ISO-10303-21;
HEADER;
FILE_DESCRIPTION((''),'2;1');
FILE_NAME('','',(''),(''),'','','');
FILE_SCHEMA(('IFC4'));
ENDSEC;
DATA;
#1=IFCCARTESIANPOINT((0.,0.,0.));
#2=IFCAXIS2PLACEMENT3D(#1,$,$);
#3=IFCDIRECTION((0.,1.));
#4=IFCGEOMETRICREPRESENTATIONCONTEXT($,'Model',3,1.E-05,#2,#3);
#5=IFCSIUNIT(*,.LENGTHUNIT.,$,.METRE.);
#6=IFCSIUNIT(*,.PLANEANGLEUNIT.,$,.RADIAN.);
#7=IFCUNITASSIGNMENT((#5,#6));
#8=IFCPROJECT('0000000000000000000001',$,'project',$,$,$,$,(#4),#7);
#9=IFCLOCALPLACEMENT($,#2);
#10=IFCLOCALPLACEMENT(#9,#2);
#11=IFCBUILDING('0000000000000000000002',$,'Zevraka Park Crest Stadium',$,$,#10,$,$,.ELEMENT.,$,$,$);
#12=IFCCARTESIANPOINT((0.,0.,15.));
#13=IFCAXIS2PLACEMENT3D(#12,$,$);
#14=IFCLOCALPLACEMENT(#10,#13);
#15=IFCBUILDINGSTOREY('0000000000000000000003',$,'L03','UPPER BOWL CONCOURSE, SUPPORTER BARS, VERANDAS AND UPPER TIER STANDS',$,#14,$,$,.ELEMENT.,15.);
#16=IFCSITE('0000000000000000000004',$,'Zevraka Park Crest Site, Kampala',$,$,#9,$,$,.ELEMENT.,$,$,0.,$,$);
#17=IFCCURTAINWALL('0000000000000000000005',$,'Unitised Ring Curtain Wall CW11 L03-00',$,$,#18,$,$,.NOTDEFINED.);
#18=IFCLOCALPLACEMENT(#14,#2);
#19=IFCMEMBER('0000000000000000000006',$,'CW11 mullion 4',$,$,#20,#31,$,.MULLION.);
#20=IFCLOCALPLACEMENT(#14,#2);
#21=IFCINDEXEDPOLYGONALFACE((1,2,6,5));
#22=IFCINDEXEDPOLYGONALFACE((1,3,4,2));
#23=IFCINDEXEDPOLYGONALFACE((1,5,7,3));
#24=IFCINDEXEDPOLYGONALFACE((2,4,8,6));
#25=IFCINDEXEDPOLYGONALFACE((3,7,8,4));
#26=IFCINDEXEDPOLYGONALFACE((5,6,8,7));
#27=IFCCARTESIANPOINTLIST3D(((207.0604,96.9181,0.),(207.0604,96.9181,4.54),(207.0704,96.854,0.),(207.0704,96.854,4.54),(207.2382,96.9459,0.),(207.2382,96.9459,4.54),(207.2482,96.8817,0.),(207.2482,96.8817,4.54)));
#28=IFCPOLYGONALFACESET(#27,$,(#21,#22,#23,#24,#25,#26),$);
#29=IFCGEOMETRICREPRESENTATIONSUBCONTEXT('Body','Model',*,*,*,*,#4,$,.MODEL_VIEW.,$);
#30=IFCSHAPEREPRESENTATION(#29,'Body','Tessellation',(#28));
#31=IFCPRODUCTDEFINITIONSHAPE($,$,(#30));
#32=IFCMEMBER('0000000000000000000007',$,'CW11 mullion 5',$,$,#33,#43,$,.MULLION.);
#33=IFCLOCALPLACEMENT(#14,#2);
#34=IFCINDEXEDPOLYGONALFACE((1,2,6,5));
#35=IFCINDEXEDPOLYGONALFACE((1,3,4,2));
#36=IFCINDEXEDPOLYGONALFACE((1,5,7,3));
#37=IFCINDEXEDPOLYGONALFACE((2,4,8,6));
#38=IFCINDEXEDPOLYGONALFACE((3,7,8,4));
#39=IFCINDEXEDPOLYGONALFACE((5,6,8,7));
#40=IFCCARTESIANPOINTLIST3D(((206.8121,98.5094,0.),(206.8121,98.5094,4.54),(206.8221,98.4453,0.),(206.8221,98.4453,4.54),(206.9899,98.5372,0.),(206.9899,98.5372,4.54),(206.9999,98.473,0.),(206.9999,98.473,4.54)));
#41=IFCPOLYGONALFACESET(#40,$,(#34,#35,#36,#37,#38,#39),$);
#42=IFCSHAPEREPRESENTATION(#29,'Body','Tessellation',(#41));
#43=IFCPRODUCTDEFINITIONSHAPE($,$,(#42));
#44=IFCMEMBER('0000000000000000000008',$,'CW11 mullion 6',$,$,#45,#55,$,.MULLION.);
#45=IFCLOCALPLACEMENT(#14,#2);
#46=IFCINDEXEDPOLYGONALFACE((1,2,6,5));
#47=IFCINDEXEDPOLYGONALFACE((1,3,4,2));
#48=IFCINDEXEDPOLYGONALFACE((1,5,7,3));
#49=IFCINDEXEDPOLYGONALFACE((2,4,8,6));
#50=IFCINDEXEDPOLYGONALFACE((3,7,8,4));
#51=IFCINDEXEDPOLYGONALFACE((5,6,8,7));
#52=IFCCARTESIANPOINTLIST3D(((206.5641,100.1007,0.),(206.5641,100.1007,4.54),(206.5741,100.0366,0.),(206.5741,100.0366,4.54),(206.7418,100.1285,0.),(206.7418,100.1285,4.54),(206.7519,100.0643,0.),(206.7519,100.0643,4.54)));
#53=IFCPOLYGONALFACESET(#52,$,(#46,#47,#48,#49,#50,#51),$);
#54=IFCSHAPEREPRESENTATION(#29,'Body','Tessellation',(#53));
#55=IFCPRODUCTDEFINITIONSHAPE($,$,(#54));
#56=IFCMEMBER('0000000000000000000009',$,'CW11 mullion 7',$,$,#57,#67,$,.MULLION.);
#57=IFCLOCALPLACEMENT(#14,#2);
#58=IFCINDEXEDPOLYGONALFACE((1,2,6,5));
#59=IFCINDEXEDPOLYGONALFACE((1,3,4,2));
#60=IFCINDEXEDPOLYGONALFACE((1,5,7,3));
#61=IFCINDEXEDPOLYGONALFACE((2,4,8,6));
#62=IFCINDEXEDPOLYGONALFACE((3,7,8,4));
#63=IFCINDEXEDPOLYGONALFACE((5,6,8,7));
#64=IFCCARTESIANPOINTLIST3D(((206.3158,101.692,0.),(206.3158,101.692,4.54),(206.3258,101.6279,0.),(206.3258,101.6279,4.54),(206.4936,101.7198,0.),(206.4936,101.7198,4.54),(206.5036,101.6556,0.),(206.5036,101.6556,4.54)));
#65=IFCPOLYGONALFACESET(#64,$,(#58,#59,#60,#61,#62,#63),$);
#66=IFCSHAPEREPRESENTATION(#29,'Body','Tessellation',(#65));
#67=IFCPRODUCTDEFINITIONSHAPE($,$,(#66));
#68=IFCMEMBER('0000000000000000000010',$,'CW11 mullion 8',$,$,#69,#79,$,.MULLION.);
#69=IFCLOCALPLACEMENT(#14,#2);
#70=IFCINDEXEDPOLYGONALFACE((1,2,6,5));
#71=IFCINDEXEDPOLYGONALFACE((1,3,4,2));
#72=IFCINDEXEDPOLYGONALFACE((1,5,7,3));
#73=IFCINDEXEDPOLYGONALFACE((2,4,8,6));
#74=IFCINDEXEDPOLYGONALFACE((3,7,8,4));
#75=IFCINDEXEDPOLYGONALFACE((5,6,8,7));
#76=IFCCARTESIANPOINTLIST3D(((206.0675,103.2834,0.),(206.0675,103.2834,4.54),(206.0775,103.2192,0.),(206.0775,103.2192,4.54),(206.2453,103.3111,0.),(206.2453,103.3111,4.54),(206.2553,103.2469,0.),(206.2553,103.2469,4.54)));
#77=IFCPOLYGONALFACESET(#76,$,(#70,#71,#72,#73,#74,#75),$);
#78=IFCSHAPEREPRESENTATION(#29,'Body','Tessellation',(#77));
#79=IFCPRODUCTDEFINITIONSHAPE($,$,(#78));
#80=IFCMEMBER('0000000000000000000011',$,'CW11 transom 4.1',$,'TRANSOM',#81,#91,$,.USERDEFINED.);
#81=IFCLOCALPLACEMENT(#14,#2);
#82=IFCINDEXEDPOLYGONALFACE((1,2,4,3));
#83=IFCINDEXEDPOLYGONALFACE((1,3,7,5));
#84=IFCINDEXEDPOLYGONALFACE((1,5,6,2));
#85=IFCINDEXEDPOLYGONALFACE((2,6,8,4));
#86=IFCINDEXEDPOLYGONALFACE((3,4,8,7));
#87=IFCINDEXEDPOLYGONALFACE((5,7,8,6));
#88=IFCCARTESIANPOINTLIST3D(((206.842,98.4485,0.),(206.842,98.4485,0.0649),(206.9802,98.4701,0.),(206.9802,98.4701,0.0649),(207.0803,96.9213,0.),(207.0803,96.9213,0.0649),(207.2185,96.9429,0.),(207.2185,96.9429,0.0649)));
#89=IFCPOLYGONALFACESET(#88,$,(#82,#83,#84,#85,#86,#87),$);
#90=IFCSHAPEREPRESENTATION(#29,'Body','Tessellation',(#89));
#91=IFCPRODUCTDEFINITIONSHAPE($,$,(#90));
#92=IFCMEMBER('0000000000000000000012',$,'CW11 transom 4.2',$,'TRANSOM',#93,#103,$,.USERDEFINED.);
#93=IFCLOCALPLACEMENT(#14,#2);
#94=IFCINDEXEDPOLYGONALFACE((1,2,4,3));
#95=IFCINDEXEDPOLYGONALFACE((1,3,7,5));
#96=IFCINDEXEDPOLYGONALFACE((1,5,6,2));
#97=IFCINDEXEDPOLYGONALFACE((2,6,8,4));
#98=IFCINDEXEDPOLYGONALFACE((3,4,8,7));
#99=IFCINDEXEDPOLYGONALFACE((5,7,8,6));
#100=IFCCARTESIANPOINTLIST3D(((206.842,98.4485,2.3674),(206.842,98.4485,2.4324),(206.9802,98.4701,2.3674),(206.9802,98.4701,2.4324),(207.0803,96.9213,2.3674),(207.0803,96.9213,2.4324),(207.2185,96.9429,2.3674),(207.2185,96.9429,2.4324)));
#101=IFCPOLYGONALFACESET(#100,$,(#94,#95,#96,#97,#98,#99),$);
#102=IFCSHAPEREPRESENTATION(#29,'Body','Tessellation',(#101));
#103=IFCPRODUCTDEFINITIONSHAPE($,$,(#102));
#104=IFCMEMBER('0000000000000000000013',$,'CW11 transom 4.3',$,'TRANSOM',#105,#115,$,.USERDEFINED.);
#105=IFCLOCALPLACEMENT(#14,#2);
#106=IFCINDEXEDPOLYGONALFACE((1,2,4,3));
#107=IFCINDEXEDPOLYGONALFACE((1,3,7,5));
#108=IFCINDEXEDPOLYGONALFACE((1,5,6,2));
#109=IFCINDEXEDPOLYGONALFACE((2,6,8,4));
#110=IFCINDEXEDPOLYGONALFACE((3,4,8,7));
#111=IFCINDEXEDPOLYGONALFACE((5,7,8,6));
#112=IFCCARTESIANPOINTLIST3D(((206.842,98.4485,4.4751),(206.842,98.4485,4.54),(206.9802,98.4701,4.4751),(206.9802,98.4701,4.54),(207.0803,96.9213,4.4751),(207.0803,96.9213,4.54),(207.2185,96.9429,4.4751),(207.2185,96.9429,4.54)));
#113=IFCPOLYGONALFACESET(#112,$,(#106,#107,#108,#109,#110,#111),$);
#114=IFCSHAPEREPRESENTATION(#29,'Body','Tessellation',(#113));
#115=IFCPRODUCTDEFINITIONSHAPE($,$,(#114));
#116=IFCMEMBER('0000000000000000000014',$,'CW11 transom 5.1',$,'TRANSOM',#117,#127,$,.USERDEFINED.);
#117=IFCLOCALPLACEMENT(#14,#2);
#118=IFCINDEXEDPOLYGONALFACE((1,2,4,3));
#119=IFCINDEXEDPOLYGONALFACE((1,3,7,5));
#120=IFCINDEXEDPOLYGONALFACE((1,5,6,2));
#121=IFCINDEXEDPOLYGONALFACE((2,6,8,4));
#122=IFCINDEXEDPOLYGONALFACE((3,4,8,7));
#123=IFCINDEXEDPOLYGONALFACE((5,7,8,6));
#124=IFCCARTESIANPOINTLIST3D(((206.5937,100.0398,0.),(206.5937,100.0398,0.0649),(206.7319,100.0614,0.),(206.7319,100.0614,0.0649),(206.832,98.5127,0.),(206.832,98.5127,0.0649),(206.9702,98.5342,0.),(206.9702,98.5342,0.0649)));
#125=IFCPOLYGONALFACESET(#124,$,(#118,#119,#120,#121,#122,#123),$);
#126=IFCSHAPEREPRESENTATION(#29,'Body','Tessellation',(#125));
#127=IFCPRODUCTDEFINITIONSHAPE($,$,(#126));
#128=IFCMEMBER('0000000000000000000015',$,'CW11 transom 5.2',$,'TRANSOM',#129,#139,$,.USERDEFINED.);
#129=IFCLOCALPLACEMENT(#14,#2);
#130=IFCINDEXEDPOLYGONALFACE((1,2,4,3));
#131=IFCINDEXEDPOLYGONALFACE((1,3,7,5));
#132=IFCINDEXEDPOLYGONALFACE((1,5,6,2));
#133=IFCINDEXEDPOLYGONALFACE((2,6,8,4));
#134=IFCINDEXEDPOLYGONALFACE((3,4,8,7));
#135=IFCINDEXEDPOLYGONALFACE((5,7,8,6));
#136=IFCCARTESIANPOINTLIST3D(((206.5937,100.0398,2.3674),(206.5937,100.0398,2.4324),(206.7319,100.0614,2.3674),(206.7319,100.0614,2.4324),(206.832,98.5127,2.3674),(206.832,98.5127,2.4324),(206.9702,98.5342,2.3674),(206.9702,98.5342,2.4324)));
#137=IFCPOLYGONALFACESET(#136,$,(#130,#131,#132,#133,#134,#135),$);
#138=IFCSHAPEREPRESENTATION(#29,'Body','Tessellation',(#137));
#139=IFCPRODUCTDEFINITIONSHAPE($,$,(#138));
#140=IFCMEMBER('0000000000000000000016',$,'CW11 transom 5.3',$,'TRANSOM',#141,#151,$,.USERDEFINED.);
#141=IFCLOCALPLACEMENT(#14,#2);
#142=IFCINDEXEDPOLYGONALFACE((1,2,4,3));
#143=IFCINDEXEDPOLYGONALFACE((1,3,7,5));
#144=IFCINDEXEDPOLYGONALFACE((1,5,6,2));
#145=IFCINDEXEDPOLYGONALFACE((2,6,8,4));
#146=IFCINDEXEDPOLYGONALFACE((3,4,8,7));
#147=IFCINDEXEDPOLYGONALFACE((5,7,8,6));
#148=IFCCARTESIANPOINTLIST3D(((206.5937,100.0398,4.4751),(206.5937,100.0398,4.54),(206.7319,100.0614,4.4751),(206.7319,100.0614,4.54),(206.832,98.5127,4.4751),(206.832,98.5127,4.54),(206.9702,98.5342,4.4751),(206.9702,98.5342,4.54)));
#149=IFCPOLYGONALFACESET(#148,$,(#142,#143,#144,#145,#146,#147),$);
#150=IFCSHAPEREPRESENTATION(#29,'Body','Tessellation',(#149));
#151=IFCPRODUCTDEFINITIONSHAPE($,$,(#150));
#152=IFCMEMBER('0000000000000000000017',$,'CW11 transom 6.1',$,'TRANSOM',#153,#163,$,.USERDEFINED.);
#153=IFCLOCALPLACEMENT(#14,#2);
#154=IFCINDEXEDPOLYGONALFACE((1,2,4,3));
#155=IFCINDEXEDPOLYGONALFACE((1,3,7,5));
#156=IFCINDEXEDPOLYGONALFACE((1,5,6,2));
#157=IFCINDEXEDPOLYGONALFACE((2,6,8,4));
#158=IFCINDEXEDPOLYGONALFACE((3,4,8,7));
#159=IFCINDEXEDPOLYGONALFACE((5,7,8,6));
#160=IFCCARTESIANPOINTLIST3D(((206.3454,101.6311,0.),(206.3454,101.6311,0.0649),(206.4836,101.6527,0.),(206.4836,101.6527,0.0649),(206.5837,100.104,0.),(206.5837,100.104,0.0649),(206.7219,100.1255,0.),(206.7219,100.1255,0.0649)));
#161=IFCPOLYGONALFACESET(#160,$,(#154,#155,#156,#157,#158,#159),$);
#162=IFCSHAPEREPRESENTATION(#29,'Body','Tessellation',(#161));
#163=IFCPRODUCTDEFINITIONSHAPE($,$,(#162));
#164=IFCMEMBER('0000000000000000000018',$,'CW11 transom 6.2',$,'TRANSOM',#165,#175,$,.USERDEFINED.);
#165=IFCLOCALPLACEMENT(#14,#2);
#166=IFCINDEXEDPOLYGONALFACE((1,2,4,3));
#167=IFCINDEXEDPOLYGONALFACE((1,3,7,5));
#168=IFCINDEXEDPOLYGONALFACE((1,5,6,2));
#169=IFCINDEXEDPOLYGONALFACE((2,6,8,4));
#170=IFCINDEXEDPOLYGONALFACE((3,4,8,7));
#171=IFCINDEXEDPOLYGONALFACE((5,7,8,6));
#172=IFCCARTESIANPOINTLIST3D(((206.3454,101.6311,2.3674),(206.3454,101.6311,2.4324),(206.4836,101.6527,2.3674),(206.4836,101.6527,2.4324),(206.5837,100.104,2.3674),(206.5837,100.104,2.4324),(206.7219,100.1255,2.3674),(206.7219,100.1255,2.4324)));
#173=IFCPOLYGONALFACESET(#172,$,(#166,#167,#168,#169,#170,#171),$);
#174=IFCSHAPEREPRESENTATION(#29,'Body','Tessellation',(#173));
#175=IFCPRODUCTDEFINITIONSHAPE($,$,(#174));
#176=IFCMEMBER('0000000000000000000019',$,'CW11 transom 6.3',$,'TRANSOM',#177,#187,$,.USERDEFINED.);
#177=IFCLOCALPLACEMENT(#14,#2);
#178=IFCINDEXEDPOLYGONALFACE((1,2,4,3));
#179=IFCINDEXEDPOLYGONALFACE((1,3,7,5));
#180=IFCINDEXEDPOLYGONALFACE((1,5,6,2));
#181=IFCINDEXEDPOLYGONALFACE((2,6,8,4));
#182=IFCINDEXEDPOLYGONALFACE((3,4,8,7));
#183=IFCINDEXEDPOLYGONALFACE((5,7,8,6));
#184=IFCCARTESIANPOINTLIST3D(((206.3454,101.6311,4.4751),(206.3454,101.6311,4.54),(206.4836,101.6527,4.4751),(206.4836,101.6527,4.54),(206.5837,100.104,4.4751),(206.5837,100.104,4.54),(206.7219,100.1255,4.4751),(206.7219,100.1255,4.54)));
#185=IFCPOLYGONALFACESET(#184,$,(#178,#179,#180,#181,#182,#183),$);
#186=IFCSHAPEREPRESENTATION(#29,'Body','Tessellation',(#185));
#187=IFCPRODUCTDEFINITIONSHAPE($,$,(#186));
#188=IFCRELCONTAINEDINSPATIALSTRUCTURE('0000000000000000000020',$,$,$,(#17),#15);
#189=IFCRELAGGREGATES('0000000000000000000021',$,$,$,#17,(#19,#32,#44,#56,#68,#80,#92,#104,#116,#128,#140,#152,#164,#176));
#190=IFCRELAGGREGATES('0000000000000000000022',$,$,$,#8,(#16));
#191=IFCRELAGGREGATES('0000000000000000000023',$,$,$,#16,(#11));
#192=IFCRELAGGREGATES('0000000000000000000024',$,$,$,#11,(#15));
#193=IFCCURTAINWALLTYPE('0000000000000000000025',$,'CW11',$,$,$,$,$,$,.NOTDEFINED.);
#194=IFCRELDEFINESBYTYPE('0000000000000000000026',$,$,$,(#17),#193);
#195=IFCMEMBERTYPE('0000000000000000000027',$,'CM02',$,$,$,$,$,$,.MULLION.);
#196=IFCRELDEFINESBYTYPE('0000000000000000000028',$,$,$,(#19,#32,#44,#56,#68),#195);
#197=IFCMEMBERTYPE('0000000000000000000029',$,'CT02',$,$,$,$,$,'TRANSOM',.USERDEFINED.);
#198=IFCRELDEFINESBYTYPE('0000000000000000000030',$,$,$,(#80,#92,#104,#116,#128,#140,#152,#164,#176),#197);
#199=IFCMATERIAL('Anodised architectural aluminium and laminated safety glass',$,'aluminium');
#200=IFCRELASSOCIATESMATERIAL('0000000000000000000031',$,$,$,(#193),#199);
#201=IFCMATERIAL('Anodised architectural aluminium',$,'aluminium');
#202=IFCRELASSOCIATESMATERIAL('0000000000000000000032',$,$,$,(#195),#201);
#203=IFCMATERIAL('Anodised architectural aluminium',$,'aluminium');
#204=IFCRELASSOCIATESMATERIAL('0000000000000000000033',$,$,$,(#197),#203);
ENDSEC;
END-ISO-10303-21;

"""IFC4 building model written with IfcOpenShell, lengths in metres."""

from ifc_helpers import new_model, si_unit, direction, frame, origin, origin_2d, place, context, subcontext, project, spatial, rectangle, extrude, material, material_profile, profile_set, type_object, element, aggregate, save


model = new_model("IFC4")

# Units and contexts
model_context = context("Model", 3, precision=1e-05, world=origin(), true_north=direction((0.0, 1.0)))
body_context = subcontext(model_context, "Body", "Model", "MODEL_VIEW")
ifc_project = project(units=[si_unit("LENGTHUNIT", "METRE"), si_unit("PLANEANGLEUNIT", "RADIAN")], contexts=[model_context])

# Site, building, storey
site_placement = place(None, origin())
site = spatial("IfcSite", under=ifc_project, at=site_placement, Name="Zevraka Park Crest Site, Kampala", CompositionType="ELEMENT", RefElevation=0.0)
building_placement = place(site_placement, origin())
building = spatial("IfcBuilding", under=site, at=building_placement, Name="Zevraka Park Crest Stadium", CompositionType="ELEMENT")
storey_placement = place(building_placement, frame((0.0, 0.0, 15.0)))
storey = spatial("IfcBuildingStorey", under=building, at=storey_placement, Name="L03", Description="UPPER BOWL CONCOURSE, SUPPORTER BARS, VERANDAS AND UPPER TIER STANDS", CompositionType="ELEMENT", Elevation=15.0)

# Curtain wall, members
ifc_material_1 = material(Name="Anodised architectural aluminium and laminated safety glass", Category="aluminium")
curtain_wall_type = type_object("IfcCurtainWallType", Name="CW11", PredefinedType="NOTDEFINED", material=ifc_material_1)
curtain_wall_placement = place(storey_placement, origin())
curtain_wall = element("IfcCurtainWall", 1, at=curtain_wall_placement, inside=storey, type_object=curtain_wall_type, Name="Unitised Ring Curtain Wall CW11 L03-00", PredefinedType="NOTDEFINED")
ifc_material_2 = material(Name="Anodised architectural aluminium", Category="aluminium")
ifc_material_profile_1 = material_profile(ifc_material_2, rectangle(XDim=0.1799, YDim=0.0649, at=origin_2d()), Name="ALU MULLION 180x65")
ifc_profile_set_1 = profile_set([ifc_material_profile_1], Name="Anodised architectural aluminium")
member_type_1 = type_object("IfcMemberType", Name="CM02", PredefinedType="MULLION", material=ifc_profile_set_1)
member_1_placement = place(storey_placement, frame((207.1543, 96.8999, 0.0), z_axis=(0.0, 0.0, 1.0), x_axis=(-0.988051, -0.154128, 0.0)))
member_1 = element("IfcMember", 2, at=member_1_placement, type_object=member_type_1, Name="CW11 mullion 4", PredefinedType="MULLION", context=body_context, shape_type="SweptSolid", body=[
    extrude(rectangle(XDim=0.1799, YDim=0.0649, at=origin_2d()), origin(), (0.0, 0.0, 1.0), 4.54),
])
member_2_placement = place(storey_placement, frame((206.906, 98.4912, 0.0), z_axis=(0.0, 0.0, 1.0), x_axis=(-0.988051, -0.154128, 0.0)))
member_2 = element("IfcMember", 3, at=member_2_placement, type_object=member_type_1, Name="CW11 mullion 5", PredefinedType="MULLION", context=body_context, shape_type="SweptSolid", body=[
    extrude(rectangle(XDim=0.1799, YDim=0.0649, at=origin_2d()), origin(), (0.0, 0.0, 1.0), 4.54),
])
member_3_placement = place(storey_placement, frame((206.658, 100.0825, 0.0), z_axis=(0.0, 0.0, 1.0), x_axis=(-0.988051, -0.154128, 0.0)))
member_3 = element("IfcMember", 4, at=member_3_placement, type_object=member_type_1, Name="CW11 mullion 6", PredefinedType="MULLION", context=body_context, shape_type="SweptSolid", body=[
    extrude(rectangle(XDim=0.1799, YDim=0.0649, at=origin_2d()), origin(), (0.0, 0.0, 1.0), 4.54),
])
member_4_placement = place(storey_placement, frame((206.4097, 101.6738, 0.0), z_axis=(0.0, 0.0, 1.0), x_axis=(-0.988051, -0.154128, 0.0)))
member_4 = element("IfcMember", 5, at=member_4_placement, type_object=member_type_1, Name="CW11 mullion 7", PredefinedType="MULLION", context=body_context, shape_type="SweptSolid", body=[
    extrude(rectangle(XDim=0.1799, YDim=0.0649, at=origin_2d()), origin(), (0.0, 0.0, 1.0), 4.54),
])
member_5_placement = place(storey_placement, frame((206.1614, 103.2651, 0.0), z_axis=(0.0, 0.0, 1.0), x_axis=(-0.988051, -0.154128, 0.0)))
member_5 = element("IfcMember", 6, at=member_5_placement, type_object=member_type_1, Name="CW11 mullion 8", PredefinedType="MULLION", context=body_context, shape_type="SweptSolid", body=[
    extrude(rectangle(XDim=0.1799, YDim=0.0649, at=origin_2d()), origin(), (0.0, 0.0, 1.0), 4.54),
])
ifc_material_3 = material(Name="Anodised architectural aluminium", Category="aluminium")
ifc_material_profile_2 = material_profile(ifc_material_3, rectangle(XDim=0.1399, YDim=0.0649, at=origin_2d()), Name="ALU TRANSOM 140x65")
ifc_profile_set_2 = profile_set([ifc_material_profile_2], Name="Anodised architectural aluminium")
member_type_2 = type_object("IfcMemberType", Name="CT02", ElementType="TRANSOM", PredefinedType="USERDEFINED", material=ifc_profile_set_2)
member_6_placement = place(storey_placement, frame((207.1494, 96.9321, 0.0325), z_axis=(-0.15417, 0.988044, 0.0), x_axis=(-0.988044, -0.15417, 0.0)))
member_6 = element("IfcMember", 7, at=member_6_placement, type_object=member_type_2, Name="CW11 transom 4.1", ObjectType="TRANSOM", PredefinedType="USERDEFINED", context=body_context, shape_type="SweptSolid", body=[
    extrude(rectangle(XDim=0.1399, YDim=0.0649, at=origin_2d()), origin(), (0.0, 0.0, 1.0), 1.5457),
])
member_7_placement = place(storey_placement, frame((207.1494, 96.9321, 2.3999), z_axis=(-0.15417, 0.988044, 0.0), x_axis=(-0.988044, -0.15417, 0.0)))
member_7 = element("IfcMember", 8, at=member_7_placement, type_object=member_type_2, Name="CW11 transom 4.2", ObjectType="TRANSOM", PredefinedType="USERDEFINED", context=body_context, shape_type="SweptSolid", body=[
    extrude(rectangle(XDim=0.1399, YDim=0.0649, at=origin_2d()), origin(), (0.0, 0.0, 1.0), 1.5457),
])
member_8_placement = place(storey_placement, frame((207.1494, 96.9321, 4.5076), z_axis=(-0.15417, 0.988044, 0.0), x_axis=(-0.988044, -0.15417, 0.0)))
member_8 = element("IfcMember", 9, at=member_8_placement, type_object=member_type_2, Name="CW11 transom 4.3", ObjectType="TRANSOM", PredefinedType="USERDEFINED", context=body_context, shape_type="SweptSolid", body=[
    extrude(rectangle(XDim=0.1399, YDim=0.0649, at=origin_2d()), origin(), (0.0, 0.0, 1.0), 1.5457),
])
member_9_placement = place(storey_placement, frame((206.9011, 98.5234, 0.0325), z_axis=(-0.15417, 0.988044, 0.0), x_axis=(-0.988044, -0.15417, 0.0)))
member_9 = element("IfcMember", 10, at=member_9_placement, type_object=member_type_2, Name="CW11 transom 5.1", ObjectType="TRANSOM", PredefinedType="USERDEFINED", context=body_context, shape_type="SweptSolid", body=[
    extrude(rectangle(XDim=0.1399, YDim=0.0649, at=origin_2d()), origin(), (0.0, 0.0, 1.0), 1.5457),
])
member_10_placement = place(storey_placement, frame((206.9011, 98.5234, 2.3999), z_axis=(-0.15417, 0.988044, 0.0), x_axis=(-0.988044, -0.15417, 0.0)))
member_10 = element("IfcMember", 11, at=member_10_placement, type_object=member_type_2, Name="CW11 transom 5.2", ObjectType="TRANSOM", PredefinedType="USERDEFINED", context=body_context, shape_type="SweptSolid", body=[
    extrude(rectangle(XDim=0.1399, YDim=0.0649, at=origin_2d()), origin(), (0.0, 0.0, 1.0), 1.5457),
])
member_11_placement = place(storey_placement, frame((206.9011, 98.5234, 4.5076), z_axis=(-0.15417, 0.988044, 0.0), x_axis=(-0.988044, -0.15417, 0.0)))
member_11 = element("IfcMember", 12, at=member_11_placement, type_object=member_type_2, Name="CW11 transom 5.3", ObjectType="TRANSOM", PredefinedType="USERDEFINED", context=body_context, shape_type="SweptSolid", body=[
    extrude(rectangle(XDim=0.1399, YDim=0.0649, at=origin_2d()), origin(), (0.0, 0.0, 1.0), 1.5457),
])
member_12_placement = place(storey_placement, frame((206.6528, 100.1147, 0.0325), z_axis=(-0.15417, 0.988044, 0.0), x_axis=(-0.988044, -0.15417, 0.0)))
member_12 = element("IfcMember", 13, at=member_12_placement, type_object=member_type_2, Name="CW11 transom 6.1", ObjectType="TRANSOM", PredefinedType="USERDEFINED", context=body_context, shape_type="SweptSolid", body=[
    extrude(rectangle(XDim=0.1399, YDim=0.0649, at=origin_2d()), origin(), (0.0, 0.0, 1.0), 1.5457),
])
member_13_placement = place(storey_placement, frame((206.6528, 100.1147, 2.3999), z_axis=(-0.15417, 0.988044, 0.0), x_axis=(-0.988044, -0.15417, 0.0)))
member_13 = element("IfcMember", 14, at=member_13_placement, type_object=member_type_2, Name="CW11 transom 6.2", ObjectType="TRANSOM", PredefinedType="USERDEFINED", context=body_context, shape_type="SweptSolid", body=[
    extrude(rectangle(XDim=0.1399, YDim=0.0649, at=origin_2d()), origin(), (0.0, 0.0, 1.0), 1.5457),
])
member_14_placement = place(storey_placement, frame((206.6528, 100.1147, 4.5076), z_axis=(-0.15417, 0.988044, 0.0), x_axis=(-0.988044, -0.15417, 0.0)))
member_14 = element("IfcMember", 15, at=member_14_placement, type_object=member_type_2, Name="CW11 transom 6.3", ObjectType="TRANSOM", PredefinedType="USERDEFINED", context=body_context, shape_type="SweptSolid", body=[
    extrude(rectangle(XDim=0.1399, YDim=0.0649, at=origin_2d()), origin(), (0.0, 0.0, 1.0), 1.5457),
])
aggregate(curtain_wall, [member_1, member_2, member_3, member_4, member_5, member_6, member_7, member_8, member_9, member_10, member_11, member_12, member_13, member_14])

save(model, "model.ifc")
